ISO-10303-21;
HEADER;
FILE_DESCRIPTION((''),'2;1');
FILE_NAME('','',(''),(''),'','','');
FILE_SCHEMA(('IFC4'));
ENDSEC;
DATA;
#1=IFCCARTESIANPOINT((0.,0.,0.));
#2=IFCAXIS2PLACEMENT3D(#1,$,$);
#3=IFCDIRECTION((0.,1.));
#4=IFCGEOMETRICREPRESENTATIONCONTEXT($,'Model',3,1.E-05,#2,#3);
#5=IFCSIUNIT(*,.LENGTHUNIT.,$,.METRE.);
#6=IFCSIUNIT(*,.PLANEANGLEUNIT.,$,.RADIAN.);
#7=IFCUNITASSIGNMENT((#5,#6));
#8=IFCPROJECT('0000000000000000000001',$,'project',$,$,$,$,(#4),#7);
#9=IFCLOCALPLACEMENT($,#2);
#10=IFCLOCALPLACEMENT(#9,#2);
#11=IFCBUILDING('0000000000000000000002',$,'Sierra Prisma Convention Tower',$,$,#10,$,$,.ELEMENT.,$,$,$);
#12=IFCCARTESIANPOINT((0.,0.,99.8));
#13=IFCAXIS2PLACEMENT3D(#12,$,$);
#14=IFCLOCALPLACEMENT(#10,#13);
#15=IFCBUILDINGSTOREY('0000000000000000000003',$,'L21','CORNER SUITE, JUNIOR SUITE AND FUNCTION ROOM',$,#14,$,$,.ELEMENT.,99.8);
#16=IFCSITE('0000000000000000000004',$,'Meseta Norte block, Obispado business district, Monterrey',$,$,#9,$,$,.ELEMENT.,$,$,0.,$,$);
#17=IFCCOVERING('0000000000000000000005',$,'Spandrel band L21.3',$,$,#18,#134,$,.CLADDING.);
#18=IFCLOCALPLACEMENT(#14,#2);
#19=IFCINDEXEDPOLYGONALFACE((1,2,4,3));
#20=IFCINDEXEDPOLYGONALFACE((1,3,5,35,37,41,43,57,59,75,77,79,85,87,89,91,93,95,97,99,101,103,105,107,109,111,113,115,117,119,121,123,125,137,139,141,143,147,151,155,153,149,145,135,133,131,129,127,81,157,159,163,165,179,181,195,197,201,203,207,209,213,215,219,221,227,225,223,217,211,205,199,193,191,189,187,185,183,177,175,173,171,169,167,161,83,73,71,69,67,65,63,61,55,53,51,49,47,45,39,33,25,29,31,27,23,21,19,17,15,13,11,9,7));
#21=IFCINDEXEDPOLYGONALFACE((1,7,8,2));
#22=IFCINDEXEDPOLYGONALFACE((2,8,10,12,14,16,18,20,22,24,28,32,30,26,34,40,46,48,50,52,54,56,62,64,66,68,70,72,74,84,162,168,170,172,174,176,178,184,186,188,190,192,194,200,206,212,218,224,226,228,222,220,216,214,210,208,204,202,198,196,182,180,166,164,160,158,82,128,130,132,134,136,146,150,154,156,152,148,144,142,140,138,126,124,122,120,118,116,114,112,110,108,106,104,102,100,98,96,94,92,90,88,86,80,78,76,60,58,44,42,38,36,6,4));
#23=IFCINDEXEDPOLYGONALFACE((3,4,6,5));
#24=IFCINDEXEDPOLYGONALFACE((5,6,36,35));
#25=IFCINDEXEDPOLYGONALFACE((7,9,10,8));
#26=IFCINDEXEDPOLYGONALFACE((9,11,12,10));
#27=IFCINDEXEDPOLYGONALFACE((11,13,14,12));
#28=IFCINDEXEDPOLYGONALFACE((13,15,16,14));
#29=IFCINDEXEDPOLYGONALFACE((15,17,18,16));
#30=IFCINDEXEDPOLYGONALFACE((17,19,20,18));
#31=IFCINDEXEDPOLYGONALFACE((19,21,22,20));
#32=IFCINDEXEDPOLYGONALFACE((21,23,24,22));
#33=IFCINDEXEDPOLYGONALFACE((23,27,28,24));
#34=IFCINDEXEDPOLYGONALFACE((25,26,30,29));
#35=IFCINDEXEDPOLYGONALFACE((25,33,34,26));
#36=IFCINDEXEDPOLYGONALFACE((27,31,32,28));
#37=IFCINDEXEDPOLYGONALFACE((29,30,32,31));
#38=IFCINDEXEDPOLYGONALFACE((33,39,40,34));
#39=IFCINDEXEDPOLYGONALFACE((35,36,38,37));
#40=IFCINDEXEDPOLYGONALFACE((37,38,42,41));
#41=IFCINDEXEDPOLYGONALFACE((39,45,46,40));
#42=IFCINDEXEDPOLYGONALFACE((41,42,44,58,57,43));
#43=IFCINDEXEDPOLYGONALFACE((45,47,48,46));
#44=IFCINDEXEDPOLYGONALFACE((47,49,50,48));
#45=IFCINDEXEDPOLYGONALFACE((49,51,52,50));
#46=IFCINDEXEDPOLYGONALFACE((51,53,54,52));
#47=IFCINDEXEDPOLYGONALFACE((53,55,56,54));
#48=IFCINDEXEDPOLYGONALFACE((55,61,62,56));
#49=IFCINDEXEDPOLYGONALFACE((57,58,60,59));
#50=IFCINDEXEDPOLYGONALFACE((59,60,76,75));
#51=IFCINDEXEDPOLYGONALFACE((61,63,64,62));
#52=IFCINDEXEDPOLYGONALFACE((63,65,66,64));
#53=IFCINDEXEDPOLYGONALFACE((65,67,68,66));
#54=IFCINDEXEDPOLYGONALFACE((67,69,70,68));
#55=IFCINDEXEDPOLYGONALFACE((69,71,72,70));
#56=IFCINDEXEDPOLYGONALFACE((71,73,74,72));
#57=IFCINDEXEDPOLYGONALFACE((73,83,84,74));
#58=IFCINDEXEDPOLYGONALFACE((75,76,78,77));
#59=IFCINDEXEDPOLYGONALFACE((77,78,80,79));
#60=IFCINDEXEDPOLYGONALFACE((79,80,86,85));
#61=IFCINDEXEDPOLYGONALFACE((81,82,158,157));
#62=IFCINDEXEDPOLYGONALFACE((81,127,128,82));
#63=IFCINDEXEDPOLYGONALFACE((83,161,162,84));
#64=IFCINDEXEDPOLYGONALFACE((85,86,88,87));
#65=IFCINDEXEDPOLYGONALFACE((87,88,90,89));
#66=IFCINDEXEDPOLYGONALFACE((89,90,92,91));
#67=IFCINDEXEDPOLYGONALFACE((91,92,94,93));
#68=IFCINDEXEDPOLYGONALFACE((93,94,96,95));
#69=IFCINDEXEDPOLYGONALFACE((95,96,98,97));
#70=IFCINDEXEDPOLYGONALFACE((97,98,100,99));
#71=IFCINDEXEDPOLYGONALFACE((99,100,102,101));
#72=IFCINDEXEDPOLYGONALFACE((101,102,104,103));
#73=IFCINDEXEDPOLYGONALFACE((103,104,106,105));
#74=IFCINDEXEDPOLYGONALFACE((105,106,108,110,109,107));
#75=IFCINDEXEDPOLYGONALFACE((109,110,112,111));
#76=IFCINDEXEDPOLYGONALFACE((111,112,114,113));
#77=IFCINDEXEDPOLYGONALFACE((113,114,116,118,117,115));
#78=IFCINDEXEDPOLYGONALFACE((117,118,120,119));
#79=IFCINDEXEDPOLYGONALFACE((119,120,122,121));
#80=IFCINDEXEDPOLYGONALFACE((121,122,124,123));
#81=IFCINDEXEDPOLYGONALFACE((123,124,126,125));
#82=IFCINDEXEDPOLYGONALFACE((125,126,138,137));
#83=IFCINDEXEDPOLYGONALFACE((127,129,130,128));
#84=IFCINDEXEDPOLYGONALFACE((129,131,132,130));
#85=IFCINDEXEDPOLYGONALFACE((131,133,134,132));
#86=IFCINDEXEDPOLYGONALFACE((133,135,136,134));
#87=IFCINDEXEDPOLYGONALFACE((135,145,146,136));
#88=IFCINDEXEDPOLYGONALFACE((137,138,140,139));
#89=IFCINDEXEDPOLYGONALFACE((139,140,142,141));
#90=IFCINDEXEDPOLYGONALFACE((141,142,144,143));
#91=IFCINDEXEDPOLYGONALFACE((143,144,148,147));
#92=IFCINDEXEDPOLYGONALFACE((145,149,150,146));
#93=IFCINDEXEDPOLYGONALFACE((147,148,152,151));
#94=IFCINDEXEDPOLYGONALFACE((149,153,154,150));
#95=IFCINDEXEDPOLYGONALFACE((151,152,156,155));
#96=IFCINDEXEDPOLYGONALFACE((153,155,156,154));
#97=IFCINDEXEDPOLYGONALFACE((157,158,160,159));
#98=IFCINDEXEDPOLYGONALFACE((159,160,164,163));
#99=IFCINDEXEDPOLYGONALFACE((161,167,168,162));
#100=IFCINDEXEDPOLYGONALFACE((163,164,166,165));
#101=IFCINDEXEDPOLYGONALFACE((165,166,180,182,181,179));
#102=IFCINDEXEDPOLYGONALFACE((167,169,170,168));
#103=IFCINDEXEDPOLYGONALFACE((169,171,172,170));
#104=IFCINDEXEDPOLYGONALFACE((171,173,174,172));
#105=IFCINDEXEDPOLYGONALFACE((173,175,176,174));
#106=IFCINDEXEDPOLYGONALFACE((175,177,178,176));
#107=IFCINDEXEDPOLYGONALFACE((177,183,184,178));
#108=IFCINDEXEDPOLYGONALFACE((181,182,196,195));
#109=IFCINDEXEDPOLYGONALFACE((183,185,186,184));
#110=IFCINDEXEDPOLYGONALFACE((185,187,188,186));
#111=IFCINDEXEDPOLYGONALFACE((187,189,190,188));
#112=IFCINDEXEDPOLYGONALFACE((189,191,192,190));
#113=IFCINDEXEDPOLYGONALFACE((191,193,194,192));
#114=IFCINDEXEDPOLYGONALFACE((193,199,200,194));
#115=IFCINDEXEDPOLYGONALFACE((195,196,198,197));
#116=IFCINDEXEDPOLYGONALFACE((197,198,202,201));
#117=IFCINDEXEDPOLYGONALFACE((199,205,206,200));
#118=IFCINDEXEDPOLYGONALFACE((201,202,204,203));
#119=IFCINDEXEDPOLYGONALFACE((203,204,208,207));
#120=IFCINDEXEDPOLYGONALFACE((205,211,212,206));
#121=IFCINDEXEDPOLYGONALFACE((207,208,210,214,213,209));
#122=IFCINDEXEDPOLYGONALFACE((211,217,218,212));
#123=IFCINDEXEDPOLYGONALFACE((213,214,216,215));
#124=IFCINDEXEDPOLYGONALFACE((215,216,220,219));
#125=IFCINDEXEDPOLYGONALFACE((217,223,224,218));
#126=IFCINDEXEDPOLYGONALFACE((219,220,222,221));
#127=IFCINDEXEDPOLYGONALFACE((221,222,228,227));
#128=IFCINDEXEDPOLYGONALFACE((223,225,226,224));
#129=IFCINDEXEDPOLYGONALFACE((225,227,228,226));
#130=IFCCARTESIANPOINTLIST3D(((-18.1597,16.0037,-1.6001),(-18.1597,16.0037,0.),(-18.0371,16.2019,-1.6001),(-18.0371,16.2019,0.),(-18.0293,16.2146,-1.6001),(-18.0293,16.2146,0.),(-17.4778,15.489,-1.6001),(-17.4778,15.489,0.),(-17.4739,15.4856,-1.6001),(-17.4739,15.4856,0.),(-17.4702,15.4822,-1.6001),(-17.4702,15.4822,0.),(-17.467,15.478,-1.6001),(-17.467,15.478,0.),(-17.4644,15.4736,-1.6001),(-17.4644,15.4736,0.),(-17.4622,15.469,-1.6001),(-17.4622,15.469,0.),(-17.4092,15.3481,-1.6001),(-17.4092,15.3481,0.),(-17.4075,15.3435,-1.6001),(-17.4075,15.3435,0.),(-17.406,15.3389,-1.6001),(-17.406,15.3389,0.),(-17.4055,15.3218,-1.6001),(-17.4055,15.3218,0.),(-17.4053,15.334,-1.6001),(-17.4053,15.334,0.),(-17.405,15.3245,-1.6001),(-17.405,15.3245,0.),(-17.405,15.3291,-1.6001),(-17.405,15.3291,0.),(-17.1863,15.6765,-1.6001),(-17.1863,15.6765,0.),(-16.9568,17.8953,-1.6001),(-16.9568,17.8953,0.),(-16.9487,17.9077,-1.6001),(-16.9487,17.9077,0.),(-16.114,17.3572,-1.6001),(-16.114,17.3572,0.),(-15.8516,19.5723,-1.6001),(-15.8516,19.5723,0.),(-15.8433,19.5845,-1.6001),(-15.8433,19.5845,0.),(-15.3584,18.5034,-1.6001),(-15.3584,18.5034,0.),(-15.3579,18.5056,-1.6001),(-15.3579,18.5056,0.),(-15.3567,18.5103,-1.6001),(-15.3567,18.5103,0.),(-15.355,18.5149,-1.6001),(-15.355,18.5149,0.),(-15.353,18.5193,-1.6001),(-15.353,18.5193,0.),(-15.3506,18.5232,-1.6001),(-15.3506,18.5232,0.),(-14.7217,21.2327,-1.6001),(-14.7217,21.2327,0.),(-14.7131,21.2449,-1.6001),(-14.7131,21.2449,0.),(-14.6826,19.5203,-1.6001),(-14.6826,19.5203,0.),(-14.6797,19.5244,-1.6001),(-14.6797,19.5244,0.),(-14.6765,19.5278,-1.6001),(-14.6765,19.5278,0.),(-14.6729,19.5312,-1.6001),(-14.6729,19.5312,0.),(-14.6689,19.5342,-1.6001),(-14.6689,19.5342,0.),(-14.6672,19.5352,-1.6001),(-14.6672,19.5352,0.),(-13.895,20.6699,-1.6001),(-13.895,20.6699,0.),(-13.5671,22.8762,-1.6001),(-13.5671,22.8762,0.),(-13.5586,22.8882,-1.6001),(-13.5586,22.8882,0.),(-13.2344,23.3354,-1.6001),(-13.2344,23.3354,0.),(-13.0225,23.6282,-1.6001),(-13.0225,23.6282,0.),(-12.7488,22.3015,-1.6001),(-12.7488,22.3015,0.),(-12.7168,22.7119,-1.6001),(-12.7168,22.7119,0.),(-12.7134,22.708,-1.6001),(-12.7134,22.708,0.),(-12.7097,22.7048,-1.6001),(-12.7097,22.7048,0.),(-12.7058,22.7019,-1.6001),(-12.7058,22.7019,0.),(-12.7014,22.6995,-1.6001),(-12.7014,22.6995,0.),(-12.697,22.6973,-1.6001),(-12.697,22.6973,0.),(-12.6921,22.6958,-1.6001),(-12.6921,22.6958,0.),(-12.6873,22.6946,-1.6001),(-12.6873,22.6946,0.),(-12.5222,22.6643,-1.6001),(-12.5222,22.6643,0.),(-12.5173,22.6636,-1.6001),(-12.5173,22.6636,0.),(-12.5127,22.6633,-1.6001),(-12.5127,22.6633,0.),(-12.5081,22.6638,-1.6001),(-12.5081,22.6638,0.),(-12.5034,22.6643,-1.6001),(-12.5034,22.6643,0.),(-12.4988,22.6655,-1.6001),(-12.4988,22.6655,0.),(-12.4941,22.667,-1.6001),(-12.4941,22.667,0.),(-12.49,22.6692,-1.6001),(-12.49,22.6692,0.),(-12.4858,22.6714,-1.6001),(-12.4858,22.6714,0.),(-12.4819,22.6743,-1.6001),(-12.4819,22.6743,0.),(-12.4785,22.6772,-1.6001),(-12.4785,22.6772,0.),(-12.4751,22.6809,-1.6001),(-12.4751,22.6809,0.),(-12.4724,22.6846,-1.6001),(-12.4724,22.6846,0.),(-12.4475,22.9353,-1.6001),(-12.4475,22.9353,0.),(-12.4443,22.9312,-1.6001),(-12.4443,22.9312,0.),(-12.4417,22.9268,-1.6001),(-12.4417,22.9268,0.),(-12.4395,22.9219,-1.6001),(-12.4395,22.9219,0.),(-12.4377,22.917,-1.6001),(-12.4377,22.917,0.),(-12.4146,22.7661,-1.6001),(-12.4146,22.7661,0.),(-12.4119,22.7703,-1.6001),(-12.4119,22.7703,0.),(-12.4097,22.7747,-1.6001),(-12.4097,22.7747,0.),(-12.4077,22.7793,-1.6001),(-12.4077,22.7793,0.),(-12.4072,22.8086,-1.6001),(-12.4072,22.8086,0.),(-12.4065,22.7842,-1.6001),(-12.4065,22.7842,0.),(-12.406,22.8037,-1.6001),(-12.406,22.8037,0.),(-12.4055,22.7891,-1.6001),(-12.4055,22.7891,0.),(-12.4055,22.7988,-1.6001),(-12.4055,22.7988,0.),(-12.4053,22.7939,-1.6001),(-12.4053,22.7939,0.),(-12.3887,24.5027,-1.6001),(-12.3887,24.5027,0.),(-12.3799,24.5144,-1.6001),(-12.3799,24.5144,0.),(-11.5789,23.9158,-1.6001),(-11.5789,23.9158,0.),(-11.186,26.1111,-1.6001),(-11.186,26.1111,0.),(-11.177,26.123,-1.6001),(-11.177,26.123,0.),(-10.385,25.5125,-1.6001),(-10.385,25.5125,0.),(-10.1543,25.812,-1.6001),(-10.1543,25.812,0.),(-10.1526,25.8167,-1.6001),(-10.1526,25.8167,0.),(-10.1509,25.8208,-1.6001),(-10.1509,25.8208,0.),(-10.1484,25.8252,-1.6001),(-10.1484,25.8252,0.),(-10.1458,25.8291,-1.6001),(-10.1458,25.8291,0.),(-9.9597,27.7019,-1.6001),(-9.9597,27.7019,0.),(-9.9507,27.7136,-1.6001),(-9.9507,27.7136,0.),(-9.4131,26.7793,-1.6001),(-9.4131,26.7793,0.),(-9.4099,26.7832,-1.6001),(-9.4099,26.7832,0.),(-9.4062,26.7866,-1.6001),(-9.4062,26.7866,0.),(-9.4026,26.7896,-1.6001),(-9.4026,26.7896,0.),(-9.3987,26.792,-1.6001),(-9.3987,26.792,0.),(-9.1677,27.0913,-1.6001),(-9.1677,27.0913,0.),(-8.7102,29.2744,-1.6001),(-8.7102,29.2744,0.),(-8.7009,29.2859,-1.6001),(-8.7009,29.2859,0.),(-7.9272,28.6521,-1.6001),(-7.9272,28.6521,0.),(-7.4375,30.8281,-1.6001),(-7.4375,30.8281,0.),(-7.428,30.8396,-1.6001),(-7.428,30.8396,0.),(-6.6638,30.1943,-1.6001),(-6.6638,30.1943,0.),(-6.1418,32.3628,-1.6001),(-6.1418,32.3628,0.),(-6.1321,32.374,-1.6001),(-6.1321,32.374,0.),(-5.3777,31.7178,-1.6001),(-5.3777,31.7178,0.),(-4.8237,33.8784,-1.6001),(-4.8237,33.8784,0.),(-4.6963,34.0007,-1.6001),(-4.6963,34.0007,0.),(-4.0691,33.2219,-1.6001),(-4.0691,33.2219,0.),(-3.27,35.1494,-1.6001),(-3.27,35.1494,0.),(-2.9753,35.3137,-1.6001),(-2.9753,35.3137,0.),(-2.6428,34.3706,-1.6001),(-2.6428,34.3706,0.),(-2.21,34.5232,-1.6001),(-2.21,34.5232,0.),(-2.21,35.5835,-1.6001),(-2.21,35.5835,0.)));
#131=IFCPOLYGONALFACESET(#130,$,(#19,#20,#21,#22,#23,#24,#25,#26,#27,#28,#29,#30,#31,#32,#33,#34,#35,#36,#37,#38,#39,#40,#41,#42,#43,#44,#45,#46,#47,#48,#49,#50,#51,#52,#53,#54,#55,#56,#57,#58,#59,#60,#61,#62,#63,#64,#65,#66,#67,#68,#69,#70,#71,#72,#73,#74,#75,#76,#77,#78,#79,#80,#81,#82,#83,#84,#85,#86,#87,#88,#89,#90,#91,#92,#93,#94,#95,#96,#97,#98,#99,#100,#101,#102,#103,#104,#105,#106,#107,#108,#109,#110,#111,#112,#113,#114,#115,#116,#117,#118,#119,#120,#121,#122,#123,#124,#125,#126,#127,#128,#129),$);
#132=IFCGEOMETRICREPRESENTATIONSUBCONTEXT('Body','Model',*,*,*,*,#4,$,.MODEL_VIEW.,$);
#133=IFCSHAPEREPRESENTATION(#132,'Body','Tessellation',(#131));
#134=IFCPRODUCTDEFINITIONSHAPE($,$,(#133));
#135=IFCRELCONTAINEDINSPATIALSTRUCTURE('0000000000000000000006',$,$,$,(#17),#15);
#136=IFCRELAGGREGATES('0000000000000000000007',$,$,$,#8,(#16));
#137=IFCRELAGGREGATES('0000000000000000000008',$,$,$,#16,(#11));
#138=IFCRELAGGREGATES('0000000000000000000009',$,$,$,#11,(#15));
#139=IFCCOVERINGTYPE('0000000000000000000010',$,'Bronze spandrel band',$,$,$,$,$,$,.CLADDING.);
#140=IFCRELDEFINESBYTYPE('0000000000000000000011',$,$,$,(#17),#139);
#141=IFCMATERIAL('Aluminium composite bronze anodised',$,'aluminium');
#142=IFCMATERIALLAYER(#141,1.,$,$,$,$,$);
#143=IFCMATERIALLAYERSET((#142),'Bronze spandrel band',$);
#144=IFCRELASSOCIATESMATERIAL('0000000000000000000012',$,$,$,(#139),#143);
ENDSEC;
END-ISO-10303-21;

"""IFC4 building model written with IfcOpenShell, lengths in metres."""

from ifc_helpers import new_model, si_unit, direction, frame, origin, place, context, subcontext, project, spatial, polyline, outline, extrude, material, layer, layer_set, type_object, element, save


model = new_model("IFC4")

# Units and contexts
model_context = context("Model", 3, precision=1e-05, world=origin(), true_north=direction((0.0, 1.0)))
body_context = subcontext(model_context, "Body", "Model", "MODEL_VIEW")
ifc_project = project(units=[si_unit("LENGTHUNIT", "METRE"), si_unit("PLANEANGLEUNIT", "RADIAN")], contexts=[model_context])

# Site, building, storey
site_placement = place(None, origin())
site = spatial("IfcSite", under=ifc_project, at=site_placement, Name="Meseta Norte block, Obispado business district, Monterrey", CompositionType="ELEMENT", RefElevation=0.0)
building_placement = place(site_placement, origin())
building = spatial("IfcBuilding", under=site, at=building_placement, Name="Sierra Prisma Convention Tower", CompositionType="ELEMENT")
storey_placement = place(building_placement, frame((0.0, 0.0, 99.8)))
storey = spatial("IfcBuildingStorey", under=building, at=storey_placement, Name="L21", Description="CORNER SUITE, JUNIOR SUITE AND FUNCTION ROOM", CompositionType="ELEMENT", Elevation=99.8)

# Covering
ifc_material_1 = material(Name="Aluminium composite bronze anodised", Category="aluminium")
ifc_layer_1 = layer(ifc_material_1, 1.0)
ifc_layer_set_1 = layer_set([ifc_layer_1], Name="Bronze spandrel band")
covering_type_1 = type_object("IfcCoveringType", Name="Bronze spandrel band", PredefinedType="CLADDING", material=ifc_layer_set_1)
covering_1_placement = place(storey_placement, frame((0.0, 0.0, -1.6001)))
element("IfcCovering", 1, at=covering_1_placement, inside=storey, type_object=covering_type_1, Name="Spandrel band L21.3", PredefinedType="CLADDING", context=body_context, shape_type="SweptSolid", body=[
    extrude(outline(polyline([(-12.697, 22.6973), (-12.6921, 22.6958), (-12.6873, 22.6946), (-12.5222, 22.6643), (-12.5173, 22.6636), (-12.5127, 22.6633), (-12.5081, 22.6638), (-12.5034, 22.6643), (-12.4988, 22.6655), (-12.4941, 22.667), (-12.49, 22.6692), (-12.4858, 22.6714), (-12.4819, 22.6743), (-12.4785, 22.6772), (-12.4751, 22.6809), (-12.4724, 22.6846), (-12.4146, 22.7661), (-12.4119, 22.7703), (-12.4097, 22.7747), (-12.4077, 22.7793), (-12.4065, 22.7842), (-12.4055, 22.7891), (-12.4053, 22.7939), (-12.4055, 22.7988), (-12.406, 22.8037), (-12.4072, 22.8086), (-12.4377, 22.917), (-12.4395, 22.9219), (-12.4417, 22.9268), (-12.4443, 22.9312), (-12.4475, 22.9353), (-13.0225, 23.6282), (-12.3887, 24.5027), (-12.3799, 24.5144), (-11.186, 26.1111), (-11.177, 26.123), (-9.9597, 27.7019), (-9.9507, 27.7136), (-8.7102, 29.2744), (-8.7009, 29.2859), (-7.4375, 30.8281), (-7.428, 30.8396), (-6.1418, 32.3628), (-6.1321, 32.374), (-4.8237, 33.8784), (-4.6963, 34.0007), (-3.27, 35.1494), (-2.9753, 35.3137), (-2.21, 35.5835), (-2.21, 34.5232), (-2.6428, 34.3706), (-4.0691, 33.2219), (-5.3777, 31.7178), (-6.6638, 30.1943), (-7.9272, 28.6521), (-9.1677, 27.0913), (-9.3987, 26.792), (-9.4026, 26.7896), (-9.4062, 26.7866), (-9.4099, 26.7832), (-9.4131, 26.7793), (-10.1458, 25.8291), (-10.1484, 25.8252), (-10.1509, 25.8208), (-10.1526, 25.8167), (-10.1543, 25.812), (-10.1543, 25.812), (-10.385, 25.5125), (-11.5789, 23.9158), (-12.7488, 22.3015), (-13.895, 20.6699), (-14.6672, 19.5352), (-14.6689, 19.5342), (-14.6729, 19.5312), (-14.6765, 19.5278), (-14.6797, 19.5244), (-14.6826, 19.5203), (-15.3506, 18.5232), (-15.353, 18.5193), (-15.355, 18.5149), (-15.3567, 18.5103), (-15.3579, 18.5056), (-15.3584, 18.5034), (-16.114, 17.3572), (-17.1863, 15.6765), (-17.4055, 15.3218), (-17.405, 15.3245), (-17.405, 15.3291), (-17.4053, 15.334), (-17.406, 15.3389), (-17.4075, 15.3435), (-17.4092, 15.3481), (-17.4622, 15.469), (-17.4644, 15.4736), (-17.467, 15.478), (-17.4702, 15.4822), (-17.4739, 15.4856), (-17.4778, 15.489), (-18.1597, 16.0037), (-18.0371, 16.2019), (-18.0293, 16.2146), (-16.9568, 17.8953), (-16.9487, 17.9077), (-15.8516, 19.5723), (-15.8433, 19.5845), (-14.7217, 21.2327), (-14.7131, 21.2449), (-13.5671, 22.8762), (-13.5586, 22.8882), (-13.2344, 23.3354), (-12.7168, 22.7119), (-12.7134, 22.708), (-12.7097, 22.7048), (-12.7058, 22.7019), (-12.7014, 22.6995), (-12.697, 22.6973)])), origin(), (0.0, 0.0, 1.0), 1.6001),
])

save(model, "model.ifc")
